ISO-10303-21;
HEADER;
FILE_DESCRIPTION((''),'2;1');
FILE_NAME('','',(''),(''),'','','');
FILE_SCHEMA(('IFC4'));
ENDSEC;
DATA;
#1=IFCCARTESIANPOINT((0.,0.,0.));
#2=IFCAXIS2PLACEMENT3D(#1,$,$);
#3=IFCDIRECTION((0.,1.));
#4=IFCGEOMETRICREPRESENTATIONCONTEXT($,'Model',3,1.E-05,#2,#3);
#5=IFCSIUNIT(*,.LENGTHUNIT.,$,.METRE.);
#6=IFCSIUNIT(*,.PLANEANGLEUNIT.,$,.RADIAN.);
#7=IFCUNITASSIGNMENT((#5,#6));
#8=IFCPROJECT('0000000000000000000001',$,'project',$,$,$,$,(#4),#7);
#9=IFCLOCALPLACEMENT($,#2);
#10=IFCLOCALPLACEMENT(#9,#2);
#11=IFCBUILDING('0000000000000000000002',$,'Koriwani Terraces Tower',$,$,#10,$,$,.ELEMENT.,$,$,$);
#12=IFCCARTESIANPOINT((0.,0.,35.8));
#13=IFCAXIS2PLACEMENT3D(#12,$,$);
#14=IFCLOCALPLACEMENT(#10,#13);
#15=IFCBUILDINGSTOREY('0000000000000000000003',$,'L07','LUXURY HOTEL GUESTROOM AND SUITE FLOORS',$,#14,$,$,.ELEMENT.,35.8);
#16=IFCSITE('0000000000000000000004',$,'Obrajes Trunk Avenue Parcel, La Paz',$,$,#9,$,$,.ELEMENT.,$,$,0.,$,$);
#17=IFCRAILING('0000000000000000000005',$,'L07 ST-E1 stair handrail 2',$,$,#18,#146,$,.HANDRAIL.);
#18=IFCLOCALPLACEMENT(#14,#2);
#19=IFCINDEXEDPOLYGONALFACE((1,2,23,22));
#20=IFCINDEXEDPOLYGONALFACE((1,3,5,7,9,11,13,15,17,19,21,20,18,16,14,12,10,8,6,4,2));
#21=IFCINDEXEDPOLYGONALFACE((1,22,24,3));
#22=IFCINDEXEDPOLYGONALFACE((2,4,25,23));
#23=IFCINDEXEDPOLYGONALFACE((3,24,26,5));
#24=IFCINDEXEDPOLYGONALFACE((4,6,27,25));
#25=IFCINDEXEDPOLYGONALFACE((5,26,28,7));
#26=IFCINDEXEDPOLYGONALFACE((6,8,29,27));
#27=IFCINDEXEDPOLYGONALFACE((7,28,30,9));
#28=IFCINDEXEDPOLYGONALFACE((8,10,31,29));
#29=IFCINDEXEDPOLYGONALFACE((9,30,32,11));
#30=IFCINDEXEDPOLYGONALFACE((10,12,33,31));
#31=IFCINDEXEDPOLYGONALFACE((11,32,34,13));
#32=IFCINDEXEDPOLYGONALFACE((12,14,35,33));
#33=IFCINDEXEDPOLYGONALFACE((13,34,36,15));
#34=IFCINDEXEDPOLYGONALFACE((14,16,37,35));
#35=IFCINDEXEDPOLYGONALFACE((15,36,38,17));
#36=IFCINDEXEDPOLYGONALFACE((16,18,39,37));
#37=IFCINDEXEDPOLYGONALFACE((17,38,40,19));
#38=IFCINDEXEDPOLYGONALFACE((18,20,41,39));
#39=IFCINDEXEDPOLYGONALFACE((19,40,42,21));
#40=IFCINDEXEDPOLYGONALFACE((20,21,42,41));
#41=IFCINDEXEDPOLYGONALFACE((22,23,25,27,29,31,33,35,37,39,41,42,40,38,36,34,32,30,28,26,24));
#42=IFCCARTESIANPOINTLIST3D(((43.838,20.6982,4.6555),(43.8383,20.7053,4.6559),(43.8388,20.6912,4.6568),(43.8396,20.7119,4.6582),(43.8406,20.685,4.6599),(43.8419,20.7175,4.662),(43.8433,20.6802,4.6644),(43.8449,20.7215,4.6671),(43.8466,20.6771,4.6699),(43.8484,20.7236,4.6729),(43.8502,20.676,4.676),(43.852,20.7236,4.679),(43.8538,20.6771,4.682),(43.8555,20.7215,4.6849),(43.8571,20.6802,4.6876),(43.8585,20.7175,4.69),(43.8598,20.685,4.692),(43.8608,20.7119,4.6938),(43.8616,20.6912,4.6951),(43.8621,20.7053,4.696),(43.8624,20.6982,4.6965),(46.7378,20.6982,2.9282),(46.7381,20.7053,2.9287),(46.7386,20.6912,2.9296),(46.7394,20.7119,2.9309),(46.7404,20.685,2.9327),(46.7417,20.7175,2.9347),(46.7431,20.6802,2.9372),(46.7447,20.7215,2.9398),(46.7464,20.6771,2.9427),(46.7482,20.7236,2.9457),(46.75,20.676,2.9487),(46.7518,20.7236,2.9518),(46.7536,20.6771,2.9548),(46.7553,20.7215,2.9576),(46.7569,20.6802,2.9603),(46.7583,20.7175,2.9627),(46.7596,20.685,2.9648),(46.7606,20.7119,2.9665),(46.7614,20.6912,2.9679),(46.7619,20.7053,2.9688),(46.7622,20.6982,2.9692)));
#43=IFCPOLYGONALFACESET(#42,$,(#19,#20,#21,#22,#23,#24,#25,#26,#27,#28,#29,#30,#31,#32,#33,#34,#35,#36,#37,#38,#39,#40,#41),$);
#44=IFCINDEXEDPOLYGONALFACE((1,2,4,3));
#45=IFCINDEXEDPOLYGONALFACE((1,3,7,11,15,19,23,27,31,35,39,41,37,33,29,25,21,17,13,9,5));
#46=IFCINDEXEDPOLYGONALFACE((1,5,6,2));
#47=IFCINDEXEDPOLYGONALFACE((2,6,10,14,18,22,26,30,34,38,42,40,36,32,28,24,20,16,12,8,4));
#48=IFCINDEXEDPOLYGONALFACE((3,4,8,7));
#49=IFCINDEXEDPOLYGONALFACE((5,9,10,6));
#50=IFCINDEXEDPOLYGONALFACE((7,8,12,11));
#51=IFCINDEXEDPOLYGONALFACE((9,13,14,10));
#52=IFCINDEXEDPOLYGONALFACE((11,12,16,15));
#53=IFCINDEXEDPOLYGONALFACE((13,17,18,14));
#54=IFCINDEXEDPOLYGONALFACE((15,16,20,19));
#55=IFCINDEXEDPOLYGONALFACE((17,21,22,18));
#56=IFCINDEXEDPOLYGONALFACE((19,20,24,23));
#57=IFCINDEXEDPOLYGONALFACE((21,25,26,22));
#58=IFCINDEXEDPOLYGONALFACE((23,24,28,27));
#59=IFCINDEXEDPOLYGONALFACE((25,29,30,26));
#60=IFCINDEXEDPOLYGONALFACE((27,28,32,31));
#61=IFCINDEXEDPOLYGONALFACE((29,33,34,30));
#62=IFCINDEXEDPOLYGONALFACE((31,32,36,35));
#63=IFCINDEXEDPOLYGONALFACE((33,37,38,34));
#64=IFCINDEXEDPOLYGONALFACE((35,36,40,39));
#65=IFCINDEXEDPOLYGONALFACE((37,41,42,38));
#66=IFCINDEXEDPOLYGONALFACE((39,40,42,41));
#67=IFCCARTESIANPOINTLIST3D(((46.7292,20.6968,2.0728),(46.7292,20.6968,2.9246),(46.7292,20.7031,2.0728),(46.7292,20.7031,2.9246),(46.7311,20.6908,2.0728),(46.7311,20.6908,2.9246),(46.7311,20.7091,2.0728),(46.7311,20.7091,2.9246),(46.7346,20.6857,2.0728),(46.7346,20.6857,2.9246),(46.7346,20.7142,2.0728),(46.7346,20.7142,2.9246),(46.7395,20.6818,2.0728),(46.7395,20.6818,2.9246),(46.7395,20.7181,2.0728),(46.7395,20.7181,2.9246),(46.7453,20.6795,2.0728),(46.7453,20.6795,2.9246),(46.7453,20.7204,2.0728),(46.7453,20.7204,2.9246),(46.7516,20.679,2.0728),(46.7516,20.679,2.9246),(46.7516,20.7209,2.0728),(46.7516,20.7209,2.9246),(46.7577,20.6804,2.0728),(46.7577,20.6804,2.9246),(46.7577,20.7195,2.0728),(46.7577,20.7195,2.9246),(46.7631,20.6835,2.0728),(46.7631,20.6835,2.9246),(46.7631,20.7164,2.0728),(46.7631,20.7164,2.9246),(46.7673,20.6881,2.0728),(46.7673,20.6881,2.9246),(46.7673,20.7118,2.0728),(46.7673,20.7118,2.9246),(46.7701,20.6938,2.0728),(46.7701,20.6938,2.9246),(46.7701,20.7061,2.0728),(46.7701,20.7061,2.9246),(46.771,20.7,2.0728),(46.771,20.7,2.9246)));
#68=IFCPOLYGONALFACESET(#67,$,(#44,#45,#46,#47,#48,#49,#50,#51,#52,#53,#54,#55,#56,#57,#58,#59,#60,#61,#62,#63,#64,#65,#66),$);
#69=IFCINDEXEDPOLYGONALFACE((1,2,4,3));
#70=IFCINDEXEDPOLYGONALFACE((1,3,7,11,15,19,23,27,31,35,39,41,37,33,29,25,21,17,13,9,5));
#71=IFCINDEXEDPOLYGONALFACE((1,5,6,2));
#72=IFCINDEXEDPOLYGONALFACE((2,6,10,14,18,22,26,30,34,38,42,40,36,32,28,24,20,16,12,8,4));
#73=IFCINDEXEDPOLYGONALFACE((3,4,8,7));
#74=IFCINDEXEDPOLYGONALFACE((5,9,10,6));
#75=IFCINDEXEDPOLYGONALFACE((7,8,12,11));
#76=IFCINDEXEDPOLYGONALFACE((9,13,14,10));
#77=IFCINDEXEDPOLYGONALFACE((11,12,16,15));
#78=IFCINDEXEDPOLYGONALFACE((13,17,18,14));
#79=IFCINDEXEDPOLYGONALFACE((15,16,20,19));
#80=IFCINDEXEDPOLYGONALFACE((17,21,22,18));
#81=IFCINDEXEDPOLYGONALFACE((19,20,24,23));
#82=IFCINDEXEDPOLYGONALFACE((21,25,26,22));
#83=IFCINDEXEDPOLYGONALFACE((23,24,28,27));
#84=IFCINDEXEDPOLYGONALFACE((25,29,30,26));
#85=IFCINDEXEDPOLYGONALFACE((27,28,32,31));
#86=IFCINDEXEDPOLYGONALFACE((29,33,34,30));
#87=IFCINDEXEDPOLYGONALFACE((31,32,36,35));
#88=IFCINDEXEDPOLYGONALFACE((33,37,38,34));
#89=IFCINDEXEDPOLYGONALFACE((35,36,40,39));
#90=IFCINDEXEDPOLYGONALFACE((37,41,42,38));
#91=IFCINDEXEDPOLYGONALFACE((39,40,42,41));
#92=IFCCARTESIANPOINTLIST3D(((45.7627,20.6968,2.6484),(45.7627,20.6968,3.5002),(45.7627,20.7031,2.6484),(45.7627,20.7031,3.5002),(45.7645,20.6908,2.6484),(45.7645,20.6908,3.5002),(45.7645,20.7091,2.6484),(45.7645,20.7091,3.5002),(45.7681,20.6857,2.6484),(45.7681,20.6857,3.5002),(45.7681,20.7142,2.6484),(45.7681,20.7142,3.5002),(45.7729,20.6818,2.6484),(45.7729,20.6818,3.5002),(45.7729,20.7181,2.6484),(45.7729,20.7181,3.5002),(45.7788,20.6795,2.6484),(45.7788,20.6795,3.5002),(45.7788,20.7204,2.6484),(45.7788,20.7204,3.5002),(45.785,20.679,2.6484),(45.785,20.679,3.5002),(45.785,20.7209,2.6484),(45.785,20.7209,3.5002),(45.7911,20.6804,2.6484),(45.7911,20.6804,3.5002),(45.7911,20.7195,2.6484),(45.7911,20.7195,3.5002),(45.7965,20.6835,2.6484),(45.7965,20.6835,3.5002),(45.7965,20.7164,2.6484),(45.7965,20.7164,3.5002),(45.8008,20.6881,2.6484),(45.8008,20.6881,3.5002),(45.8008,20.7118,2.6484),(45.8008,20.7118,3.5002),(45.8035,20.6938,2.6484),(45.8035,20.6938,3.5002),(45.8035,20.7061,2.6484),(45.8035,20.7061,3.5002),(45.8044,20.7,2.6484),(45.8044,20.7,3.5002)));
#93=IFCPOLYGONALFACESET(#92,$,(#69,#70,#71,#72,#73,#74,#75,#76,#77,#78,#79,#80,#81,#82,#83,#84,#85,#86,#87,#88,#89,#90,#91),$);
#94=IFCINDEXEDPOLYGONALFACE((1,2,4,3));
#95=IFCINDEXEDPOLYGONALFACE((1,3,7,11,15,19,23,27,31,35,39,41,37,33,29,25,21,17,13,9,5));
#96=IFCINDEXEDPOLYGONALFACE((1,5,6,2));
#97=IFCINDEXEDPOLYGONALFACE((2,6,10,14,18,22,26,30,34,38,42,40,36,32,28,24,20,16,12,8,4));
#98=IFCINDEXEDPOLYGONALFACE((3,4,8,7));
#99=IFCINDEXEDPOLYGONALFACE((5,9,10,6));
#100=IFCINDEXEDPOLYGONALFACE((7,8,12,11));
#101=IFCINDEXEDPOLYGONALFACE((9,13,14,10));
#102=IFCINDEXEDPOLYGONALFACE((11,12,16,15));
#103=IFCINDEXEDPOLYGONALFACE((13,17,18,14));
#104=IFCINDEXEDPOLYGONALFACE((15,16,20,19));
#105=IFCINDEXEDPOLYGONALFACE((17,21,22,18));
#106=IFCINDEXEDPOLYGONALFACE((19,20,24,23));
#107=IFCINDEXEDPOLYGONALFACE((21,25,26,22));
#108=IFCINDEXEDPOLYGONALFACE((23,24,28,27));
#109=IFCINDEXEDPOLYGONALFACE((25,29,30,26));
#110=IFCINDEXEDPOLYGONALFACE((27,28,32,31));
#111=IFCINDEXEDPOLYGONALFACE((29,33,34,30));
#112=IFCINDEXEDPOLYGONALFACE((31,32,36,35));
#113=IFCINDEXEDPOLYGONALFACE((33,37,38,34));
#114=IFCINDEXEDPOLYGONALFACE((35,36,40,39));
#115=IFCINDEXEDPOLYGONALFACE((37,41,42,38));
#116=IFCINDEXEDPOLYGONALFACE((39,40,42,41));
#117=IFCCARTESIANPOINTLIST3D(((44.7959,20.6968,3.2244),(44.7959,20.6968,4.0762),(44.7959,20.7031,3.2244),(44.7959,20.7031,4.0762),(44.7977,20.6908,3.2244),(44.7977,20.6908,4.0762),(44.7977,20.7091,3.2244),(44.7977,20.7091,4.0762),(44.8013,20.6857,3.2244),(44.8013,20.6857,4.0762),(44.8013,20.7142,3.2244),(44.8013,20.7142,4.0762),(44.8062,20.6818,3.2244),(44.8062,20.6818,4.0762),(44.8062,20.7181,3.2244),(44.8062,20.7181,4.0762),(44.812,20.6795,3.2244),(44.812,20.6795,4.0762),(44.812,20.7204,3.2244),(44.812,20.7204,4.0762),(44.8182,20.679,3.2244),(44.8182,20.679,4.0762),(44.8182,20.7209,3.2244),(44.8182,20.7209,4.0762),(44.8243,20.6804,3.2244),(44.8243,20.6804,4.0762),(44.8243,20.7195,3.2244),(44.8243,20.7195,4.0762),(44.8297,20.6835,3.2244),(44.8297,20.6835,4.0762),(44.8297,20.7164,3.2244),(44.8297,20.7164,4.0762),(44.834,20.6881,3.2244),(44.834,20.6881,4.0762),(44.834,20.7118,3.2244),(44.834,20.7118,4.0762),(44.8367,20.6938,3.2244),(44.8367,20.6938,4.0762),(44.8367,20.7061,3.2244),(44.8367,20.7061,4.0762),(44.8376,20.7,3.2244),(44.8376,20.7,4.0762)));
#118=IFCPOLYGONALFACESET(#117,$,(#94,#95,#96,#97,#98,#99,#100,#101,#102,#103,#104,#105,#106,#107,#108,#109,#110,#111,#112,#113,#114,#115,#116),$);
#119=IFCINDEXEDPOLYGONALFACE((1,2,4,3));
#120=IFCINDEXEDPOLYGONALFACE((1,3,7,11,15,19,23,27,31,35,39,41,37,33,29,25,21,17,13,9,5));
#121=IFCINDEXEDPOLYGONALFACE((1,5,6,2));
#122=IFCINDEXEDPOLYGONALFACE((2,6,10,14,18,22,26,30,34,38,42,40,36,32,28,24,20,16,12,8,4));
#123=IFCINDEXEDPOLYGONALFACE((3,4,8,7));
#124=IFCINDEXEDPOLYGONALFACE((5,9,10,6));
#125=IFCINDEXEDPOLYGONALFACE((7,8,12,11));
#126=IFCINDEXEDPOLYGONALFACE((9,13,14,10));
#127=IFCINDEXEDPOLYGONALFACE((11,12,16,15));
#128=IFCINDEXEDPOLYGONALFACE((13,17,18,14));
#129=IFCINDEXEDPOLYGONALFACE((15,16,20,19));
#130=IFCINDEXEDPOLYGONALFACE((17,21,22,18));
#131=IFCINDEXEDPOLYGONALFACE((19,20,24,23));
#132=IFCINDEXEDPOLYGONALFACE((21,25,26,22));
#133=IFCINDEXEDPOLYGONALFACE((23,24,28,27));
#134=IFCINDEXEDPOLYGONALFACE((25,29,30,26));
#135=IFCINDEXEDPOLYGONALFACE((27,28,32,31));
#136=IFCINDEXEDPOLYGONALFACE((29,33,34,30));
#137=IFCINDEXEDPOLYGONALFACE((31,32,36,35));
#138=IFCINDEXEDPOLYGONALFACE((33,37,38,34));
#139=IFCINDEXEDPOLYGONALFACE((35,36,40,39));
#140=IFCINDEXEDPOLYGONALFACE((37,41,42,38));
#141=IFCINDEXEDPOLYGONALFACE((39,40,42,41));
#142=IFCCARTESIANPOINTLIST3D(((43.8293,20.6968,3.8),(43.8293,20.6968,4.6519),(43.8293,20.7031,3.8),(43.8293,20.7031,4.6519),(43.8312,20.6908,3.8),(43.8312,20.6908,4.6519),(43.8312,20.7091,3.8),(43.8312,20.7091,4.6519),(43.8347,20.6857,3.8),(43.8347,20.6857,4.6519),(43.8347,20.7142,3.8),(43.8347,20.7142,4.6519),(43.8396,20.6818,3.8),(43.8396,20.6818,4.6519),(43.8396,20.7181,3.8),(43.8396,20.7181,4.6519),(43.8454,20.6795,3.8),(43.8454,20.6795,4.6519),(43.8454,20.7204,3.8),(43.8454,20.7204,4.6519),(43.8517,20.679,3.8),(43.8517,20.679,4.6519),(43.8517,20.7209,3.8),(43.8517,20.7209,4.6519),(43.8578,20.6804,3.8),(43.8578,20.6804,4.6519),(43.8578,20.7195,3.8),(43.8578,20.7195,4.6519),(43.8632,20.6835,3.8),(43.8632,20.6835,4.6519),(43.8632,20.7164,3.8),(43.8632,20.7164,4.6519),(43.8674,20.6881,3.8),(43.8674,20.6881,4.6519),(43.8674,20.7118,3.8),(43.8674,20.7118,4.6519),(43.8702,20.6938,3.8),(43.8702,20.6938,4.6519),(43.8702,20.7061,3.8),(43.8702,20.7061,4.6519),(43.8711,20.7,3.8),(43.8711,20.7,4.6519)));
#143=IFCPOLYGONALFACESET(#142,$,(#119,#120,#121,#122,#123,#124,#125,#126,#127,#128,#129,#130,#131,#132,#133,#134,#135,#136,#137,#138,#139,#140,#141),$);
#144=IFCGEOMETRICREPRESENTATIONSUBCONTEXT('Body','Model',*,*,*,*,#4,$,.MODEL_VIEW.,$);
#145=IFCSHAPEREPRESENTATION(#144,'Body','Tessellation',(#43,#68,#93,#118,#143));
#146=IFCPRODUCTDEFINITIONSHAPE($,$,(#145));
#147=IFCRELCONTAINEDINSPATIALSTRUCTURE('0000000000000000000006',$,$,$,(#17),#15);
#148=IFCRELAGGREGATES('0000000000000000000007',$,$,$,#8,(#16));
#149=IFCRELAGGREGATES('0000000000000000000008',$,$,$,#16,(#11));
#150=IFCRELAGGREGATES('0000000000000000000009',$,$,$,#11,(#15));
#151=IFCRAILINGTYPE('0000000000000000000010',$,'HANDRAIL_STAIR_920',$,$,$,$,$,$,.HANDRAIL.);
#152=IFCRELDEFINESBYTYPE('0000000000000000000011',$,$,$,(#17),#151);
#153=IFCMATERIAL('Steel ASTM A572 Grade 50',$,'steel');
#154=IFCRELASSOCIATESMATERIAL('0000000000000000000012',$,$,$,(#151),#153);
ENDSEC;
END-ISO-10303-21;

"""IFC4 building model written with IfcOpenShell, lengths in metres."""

from ifc_helpers import new_model, si_unit, direction, frame, origin, origin_2d, place, context, subcontext, project, spatial, circle, extrude, material, type_object, element, save


model = new_model("IFC4")

# Units and contexts
model_context = context("Model", 3, precision=1e-05, world=origin(), true_north=direction((0.0, 1.0)))
body_context = subcontext(model_context, "Body", "Model", "MODEL_VIEW")
ifc_project = project(units=[si_unit("LENGTHUNIT", "METRE"), si_unit("PLANEANGLEUNIT", "RADIAN")], contexts=[model_context])

# Site, building, storey
site_placement = place(None, origin())
site = spatial("IfcSite", under=ifc_project, at=site_placement, Name="Obrajes Trunk Avenue Parcel, La Paz", CompositionType="ELEMENT", RefElevation=0.0)
building_placement = place(site_placement, origin())
building = spatial("IfcBuilding", under=site, at=building_placement, Name="Koriwani Terraces Tower", CompositionType="ELEMENT")
storey_placement = place(building_placement, frame((0.0, 0.0, 35.8)))
storey = spatial("IfcBuildingStorey", under=building, at=storey_placement, Name="L07", Description="LUXURY HOTEL GUESTROOM AND SUITE FLOORS", CompositionType="ELEMENT", Elevation=35.8)

# Shared definitions
ifc_material_1 = material(Name="Steel ASTM A572 Grade 50", Category="steel")

# Railing
railing_type_1 = type_object("IfcRailingType", Name="HANDRAIL_STAIR_920", PredefinedType="HANDRAIL", material=ifc_material_1)
railing_1_placement = place(storey_placement, frame((46.75, 20.7, 2.0728)))
element("IfcRailing", 1, at=railing_1_placement, inside=storey, type_object=railing_type_1, Name="L07 ST-E1 stair handrail 2", PredefinedType="HANDRAIL", context=body_context, shape_type="SweptSolid", body=[
    extrude(circle(Radius=0.0239, at=origin_2d()), frame((0.0, 0.0, 0.876), z_axis=(-0.859141, 0.0, 0.511738), x_axis=(0.0, -1.0, 0.0)), (0.0, 0.0, 1.0), 3.3752),
    extrude(circle(Radius=0.021, at=origin_2d()), origin(), (0.0, 0.0, 1.0), 0.8518),
    extrude(circle(Radius=0.021, at=origin_2d()), frame((-0.9666, 0.0, 0.5757)), (0.0, 0.0, 1.0), 0.8518),
    extrude(circle(Radius=0.021, at=origin_2d()), frame((-1.9333, 0.0, 1.1516)), (0.0, 0.0, 1.0), 0.8518),
    extrude(circle(Radius=0.021, at=origin_2d()), frame((-2.8999, 0.0, 1.7273)), (0.0, 0.0, 1.0), 0.8518),
])

save(model, "model.ifc")
